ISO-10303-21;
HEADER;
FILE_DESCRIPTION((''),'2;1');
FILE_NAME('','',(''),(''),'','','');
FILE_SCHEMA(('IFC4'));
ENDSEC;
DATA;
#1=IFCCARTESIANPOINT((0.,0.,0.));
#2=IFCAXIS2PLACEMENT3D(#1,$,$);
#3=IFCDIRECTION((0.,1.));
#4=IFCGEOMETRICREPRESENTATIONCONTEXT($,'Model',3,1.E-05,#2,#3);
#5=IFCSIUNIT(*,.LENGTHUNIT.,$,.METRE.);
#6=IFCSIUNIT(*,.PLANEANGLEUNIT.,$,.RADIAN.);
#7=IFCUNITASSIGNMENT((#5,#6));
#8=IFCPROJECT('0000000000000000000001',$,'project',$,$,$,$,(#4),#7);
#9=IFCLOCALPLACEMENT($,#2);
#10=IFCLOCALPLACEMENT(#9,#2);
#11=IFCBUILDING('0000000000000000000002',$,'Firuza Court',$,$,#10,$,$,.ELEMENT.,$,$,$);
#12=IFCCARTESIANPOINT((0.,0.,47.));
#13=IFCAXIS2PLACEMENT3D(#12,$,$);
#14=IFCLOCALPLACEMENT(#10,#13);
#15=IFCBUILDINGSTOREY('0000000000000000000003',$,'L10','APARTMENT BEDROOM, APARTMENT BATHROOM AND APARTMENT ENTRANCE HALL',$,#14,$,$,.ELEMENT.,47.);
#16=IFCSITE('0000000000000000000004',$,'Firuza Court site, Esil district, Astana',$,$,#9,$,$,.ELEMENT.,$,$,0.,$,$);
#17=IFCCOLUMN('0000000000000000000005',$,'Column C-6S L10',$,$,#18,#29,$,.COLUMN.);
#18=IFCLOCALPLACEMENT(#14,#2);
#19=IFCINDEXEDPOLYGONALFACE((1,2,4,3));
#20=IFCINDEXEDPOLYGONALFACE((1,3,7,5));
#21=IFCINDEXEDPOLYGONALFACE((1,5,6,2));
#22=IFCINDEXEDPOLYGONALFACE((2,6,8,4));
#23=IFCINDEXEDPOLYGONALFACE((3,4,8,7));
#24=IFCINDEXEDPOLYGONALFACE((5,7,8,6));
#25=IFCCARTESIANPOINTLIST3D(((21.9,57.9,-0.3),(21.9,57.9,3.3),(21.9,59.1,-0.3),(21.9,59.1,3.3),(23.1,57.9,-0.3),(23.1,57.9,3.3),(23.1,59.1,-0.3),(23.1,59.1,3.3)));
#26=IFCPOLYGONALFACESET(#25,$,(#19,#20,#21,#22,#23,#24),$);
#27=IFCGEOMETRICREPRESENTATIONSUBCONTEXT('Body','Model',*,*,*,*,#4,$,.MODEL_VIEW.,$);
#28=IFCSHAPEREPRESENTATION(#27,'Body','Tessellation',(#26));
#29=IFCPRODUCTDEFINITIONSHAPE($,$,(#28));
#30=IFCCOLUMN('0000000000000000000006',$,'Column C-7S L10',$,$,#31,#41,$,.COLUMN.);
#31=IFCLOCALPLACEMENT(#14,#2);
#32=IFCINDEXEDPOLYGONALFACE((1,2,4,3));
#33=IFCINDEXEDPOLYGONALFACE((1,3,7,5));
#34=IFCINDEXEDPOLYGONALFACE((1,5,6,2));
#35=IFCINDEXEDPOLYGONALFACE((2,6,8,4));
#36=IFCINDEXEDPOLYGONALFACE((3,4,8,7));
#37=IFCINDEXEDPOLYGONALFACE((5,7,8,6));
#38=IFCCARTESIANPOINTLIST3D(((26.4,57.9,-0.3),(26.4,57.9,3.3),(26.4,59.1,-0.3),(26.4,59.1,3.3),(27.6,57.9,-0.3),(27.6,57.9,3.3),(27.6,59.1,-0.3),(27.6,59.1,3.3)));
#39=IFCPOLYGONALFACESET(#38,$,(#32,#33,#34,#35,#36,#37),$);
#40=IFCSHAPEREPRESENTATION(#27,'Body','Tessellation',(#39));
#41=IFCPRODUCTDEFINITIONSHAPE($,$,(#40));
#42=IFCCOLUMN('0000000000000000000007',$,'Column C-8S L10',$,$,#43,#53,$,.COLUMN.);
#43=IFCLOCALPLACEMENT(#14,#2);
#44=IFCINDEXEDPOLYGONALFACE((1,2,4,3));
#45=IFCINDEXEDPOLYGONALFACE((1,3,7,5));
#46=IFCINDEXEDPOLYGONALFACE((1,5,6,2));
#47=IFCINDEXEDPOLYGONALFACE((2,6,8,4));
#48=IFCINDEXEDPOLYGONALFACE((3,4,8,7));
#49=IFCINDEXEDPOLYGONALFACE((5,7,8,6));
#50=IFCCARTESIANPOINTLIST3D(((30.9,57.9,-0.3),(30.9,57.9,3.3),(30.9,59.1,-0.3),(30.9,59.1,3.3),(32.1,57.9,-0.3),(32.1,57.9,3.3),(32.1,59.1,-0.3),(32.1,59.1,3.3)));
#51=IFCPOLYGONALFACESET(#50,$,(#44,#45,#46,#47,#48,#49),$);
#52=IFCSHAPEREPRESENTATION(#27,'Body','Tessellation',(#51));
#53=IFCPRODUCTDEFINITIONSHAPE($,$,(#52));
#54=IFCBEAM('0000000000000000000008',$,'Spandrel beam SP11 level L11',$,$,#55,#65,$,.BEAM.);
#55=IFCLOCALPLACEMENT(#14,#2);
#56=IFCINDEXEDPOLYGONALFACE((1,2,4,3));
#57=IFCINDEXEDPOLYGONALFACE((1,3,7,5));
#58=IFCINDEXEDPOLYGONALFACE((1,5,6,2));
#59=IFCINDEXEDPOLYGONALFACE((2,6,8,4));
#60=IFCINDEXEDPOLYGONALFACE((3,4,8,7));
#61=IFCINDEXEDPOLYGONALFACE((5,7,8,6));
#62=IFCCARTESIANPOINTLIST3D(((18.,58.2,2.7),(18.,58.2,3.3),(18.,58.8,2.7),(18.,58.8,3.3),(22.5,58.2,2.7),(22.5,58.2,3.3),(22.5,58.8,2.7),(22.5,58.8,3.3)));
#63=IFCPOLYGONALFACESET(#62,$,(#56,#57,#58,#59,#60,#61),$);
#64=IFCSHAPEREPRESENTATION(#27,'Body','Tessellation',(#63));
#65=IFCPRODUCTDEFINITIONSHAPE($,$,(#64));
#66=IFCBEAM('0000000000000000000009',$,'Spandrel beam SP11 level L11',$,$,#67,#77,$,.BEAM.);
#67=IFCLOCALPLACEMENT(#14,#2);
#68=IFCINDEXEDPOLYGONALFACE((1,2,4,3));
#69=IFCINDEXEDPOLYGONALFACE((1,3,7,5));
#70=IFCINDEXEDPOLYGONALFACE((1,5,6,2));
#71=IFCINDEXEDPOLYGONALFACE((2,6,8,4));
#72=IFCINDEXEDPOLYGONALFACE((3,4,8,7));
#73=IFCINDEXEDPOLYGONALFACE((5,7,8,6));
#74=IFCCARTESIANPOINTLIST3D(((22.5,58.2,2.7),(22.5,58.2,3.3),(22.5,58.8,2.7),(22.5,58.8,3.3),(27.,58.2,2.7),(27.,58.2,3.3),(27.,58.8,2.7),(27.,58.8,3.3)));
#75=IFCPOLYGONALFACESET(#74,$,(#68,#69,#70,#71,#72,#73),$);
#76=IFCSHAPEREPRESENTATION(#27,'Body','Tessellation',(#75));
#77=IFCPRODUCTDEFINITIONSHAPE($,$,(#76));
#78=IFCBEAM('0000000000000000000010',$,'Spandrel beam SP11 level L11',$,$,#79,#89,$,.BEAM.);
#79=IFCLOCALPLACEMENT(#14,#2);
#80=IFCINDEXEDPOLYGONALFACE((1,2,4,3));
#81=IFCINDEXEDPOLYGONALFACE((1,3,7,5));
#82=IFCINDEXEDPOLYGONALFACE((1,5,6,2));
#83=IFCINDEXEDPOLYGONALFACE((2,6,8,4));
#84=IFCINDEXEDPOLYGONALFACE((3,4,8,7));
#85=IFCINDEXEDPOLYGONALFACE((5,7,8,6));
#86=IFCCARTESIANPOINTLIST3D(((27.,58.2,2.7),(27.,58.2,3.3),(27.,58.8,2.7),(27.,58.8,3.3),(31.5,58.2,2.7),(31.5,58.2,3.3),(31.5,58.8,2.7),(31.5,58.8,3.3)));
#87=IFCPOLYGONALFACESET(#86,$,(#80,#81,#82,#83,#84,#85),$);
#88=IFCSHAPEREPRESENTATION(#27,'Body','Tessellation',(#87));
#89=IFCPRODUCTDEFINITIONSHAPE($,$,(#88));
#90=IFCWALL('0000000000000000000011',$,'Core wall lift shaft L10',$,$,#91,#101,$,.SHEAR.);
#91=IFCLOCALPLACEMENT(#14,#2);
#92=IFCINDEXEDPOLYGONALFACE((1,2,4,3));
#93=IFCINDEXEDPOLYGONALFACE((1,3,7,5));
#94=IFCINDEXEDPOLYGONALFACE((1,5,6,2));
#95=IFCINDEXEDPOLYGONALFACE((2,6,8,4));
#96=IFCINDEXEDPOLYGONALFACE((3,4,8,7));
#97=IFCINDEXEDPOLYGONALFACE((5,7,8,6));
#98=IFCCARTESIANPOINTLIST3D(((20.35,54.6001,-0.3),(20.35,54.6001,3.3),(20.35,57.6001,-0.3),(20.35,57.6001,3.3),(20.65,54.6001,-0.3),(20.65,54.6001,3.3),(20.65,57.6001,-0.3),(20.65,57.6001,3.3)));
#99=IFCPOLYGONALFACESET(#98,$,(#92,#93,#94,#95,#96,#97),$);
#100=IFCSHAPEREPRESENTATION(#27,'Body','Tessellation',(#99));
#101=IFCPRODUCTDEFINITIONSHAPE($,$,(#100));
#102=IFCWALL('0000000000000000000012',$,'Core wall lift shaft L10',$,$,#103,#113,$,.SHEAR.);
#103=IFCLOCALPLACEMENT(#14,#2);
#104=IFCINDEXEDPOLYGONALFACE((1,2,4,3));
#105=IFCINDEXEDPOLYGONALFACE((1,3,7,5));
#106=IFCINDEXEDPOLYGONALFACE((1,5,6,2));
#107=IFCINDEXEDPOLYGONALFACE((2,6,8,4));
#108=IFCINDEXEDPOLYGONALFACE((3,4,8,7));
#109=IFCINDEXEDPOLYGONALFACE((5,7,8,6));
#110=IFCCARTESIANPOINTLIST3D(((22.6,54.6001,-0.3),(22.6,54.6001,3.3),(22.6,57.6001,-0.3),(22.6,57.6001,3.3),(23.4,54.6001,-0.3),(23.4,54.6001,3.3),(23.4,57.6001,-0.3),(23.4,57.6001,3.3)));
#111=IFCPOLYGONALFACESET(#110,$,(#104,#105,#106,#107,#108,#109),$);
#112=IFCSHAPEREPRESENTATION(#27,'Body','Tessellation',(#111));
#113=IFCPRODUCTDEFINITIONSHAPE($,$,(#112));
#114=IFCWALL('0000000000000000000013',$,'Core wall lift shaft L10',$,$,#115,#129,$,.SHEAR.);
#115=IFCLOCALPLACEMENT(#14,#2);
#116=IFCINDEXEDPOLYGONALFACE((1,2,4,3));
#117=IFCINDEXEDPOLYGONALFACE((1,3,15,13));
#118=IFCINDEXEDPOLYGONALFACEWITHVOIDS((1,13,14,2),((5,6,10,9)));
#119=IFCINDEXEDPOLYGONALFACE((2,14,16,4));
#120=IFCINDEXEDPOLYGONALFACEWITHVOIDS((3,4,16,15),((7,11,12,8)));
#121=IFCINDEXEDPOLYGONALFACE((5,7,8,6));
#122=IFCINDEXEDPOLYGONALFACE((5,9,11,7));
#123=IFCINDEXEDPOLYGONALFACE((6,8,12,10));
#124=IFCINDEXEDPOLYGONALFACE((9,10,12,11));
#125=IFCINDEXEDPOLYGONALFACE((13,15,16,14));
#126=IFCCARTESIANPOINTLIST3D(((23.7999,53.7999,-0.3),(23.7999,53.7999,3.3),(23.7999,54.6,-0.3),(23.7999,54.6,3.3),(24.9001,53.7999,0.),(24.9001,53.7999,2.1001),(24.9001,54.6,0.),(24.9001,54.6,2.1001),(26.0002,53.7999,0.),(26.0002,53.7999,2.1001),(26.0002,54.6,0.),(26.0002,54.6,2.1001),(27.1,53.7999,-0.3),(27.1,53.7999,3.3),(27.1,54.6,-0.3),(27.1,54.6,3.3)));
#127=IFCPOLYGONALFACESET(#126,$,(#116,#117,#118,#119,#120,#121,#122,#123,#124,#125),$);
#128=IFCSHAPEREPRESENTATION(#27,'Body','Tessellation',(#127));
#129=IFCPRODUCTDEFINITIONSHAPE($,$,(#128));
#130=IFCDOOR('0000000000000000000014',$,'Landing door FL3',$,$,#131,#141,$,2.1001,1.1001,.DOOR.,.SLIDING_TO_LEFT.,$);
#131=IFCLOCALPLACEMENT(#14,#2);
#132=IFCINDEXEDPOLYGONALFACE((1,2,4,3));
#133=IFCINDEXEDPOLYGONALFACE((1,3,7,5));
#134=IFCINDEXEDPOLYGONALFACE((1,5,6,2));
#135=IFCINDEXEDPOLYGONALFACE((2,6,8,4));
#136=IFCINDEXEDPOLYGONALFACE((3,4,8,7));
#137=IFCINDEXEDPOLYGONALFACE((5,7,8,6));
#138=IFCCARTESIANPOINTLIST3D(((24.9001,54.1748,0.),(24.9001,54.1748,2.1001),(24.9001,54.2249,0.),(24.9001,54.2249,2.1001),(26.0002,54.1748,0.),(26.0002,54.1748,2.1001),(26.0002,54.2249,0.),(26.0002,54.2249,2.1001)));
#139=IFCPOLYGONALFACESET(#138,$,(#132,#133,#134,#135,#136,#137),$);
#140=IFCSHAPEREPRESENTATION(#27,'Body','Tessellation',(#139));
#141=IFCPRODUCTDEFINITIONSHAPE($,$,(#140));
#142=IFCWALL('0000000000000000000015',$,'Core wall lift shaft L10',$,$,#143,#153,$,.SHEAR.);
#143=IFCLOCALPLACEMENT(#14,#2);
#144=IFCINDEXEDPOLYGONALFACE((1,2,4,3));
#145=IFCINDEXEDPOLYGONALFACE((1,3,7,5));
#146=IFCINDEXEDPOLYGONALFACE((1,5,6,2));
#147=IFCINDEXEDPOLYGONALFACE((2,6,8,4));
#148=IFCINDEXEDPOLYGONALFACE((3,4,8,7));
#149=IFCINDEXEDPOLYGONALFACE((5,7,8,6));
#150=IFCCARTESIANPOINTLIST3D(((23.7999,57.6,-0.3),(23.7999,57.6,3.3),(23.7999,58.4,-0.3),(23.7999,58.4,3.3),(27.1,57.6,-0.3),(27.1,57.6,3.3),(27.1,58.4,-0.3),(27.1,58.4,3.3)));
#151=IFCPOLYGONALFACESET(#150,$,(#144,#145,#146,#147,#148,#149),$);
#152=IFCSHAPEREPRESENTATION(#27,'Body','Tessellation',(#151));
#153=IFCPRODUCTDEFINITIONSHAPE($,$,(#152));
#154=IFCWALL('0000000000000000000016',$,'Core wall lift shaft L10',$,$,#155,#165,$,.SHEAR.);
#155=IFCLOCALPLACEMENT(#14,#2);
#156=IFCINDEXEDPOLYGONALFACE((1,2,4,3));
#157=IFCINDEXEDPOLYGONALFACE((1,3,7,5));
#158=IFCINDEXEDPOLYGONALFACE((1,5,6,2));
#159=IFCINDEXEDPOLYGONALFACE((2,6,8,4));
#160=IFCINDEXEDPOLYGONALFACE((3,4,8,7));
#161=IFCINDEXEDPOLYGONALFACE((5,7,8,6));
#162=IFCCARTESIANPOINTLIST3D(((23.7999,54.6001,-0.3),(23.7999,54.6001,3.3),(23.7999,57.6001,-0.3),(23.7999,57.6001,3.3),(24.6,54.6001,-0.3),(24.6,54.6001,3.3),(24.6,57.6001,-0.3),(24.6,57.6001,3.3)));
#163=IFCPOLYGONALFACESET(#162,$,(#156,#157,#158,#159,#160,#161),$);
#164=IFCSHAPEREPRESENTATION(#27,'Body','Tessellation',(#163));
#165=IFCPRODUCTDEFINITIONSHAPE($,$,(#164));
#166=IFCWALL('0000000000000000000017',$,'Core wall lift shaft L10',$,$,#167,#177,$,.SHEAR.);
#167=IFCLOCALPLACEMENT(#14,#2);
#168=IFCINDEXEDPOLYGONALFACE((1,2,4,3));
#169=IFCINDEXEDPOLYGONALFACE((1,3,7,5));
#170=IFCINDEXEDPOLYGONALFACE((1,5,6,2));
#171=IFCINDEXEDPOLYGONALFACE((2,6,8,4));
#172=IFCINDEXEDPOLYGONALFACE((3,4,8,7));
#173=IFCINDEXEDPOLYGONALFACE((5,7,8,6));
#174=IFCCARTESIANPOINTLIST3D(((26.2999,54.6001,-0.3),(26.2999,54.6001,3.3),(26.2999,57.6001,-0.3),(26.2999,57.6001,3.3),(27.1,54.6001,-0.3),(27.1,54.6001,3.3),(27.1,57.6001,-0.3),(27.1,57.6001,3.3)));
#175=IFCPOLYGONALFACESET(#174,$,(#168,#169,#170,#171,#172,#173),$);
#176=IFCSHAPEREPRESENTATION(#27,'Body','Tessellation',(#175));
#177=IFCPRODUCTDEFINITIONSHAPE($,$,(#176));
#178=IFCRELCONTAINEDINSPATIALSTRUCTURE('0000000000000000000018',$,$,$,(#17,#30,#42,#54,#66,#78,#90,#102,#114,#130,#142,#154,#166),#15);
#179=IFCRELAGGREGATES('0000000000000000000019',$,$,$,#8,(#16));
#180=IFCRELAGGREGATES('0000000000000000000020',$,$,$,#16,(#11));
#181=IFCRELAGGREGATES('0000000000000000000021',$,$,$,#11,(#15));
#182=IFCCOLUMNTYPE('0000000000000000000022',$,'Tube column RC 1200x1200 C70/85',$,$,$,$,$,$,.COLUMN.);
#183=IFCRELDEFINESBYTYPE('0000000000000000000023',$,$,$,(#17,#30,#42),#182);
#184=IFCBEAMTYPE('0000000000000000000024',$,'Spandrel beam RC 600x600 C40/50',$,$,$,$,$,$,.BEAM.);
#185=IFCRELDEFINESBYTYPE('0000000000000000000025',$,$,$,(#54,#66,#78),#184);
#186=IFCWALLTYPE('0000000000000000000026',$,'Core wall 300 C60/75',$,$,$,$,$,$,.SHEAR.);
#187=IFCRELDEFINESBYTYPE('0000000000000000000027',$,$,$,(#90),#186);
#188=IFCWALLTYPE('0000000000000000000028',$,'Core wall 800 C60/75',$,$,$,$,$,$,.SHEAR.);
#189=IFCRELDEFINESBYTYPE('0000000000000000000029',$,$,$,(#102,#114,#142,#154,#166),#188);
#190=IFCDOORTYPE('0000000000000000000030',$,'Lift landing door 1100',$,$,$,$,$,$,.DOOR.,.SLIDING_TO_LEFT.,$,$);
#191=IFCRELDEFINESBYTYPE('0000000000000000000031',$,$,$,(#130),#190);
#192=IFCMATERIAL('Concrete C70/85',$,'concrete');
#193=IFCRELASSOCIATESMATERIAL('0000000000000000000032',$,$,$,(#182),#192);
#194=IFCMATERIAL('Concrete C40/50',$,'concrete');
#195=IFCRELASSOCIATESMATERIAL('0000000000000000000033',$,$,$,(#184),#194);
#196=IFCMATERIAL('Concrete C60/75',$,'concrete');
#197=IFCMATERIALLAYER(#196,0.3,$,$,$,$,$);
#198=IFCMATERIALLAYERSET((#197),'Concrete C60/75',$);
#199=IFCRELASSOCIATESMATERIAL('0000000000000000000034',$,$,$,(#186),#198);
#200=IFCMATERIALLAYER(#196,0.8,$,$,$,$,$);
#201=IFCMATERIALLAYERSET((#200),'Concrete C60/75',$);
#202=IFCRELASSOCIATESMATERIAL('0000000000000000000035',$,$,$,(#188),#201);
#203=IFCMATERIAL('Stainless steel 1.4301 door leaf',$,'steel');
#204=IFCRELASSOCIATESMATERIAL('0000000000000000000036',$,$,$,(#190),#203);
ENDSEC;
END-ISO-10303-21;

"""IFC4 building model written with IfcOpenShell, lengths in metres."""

from ifc_helpers import new_model, si_unit, direction, frame, frame_2d, origin, origin_2d, place, context, subcontext, project, spatial, rectangle, extrude, material, layer, layer_set, material_profile, profile_set, type_object, element, fill, save


model = new_model("IFC4")

# Units and contexts
model_context = context("Model", 3, precision=1e-05, world=origin(), true_north=direction((0.0, 1.0)))
body_context = subcontext(model_context, "Body", "Model", "MODEL_VIEW")
ifc_project = project(units=[si_unit("LENGTHUNIT", "METRE"), si_unit("PLANEANGLEUNIT", "RADIAN")], contexts=[model_context])

# Site, building, storey
site_placement = place(None, origin())
site = spatial("IfcSite", under=ifc_project, at=site_placement, Name="Firuza Court site, Esil district, Astana", CompositionType="ELEMENT", RefElevation=0.0)
building_placement = place(site_placement, origin())
building = spatial("IfcBuilding", under=site, at=building_placement, Name="Firuza Court", CompositionType="ELEMENT")
storey_placement = place(building_placement, frame((0.0, 0.0, 47.0)))
storey = spatial("IfcBuildingStorey", under=building, at=storey_placement, Name="L10", Description="APARTMENT BEDROOM, APARTMENT BATHROOM AND APARTMENT ENTRANCE HALL", CompositionType="ELEMENT", Elevation=47.0)

# Columns
ifc_material_1 = material(Name="Concrete C70/85", Category="concrete")
ifc_material_profile_1 = material_profile(ifc_material_1, rectangle(XDim=1.2, YDim=1.2, at=origin_2d()), Name="RC 1200x1200")
ifc_profile_set_1 = profile_set([ifc_material_profile_1], Name="Concrete C70/85")
column_type = type_object("IfcColumnType", Name="Tube column RC 1200x1200 C70/85", PredefinedType="COLUMN", material=ifc_profile_set_1)
for number, where, z_axis, x_axis, name in (
    (1, (22.5, 58.5, -0.3), (0.0, 0.0, 1.0), (1.0, 0.0, 0.0), "Column C-6S L10"),
    (2, (27.0, 58.5, -0.3), (0.0, 0.0, 1.0), (1.0, 0.0, 0.0), "Column C-7S L10"),
    (3, (31.5, 58.5, -0.3), (0.0, 0.0, 1.0), (1.0, 0.0, 0.0), "Column C-8S L10"),
):
    element("IfcColumn", number, at=place(storey_placement, frame(where, z_axis=z_axis, x_axis=x_axis)), inside=storey, type_object=column_type, Name=name, PredefinedType="COLUMN", context=body_context, shape_type="SweptSolid", body=[
        extrude(rectangle(XDim=1.2, YDim=1.2, at=origin_2d()), origin(), (0.0, 0.0, 1.0), 3.6001),
    ])

# Beams
ifc_material_2 = material(Name="Concrete C40/50", Category="concrete")
ifc_material_profile_2 = material_profile(ifc_material_2, rectangle(XDim=0.6001, YDim=0.6001, at=origin_2d()), Name="RC 600x600")
ifc_profile_set_2 = profile_set([ifc_material_profile_2], Name="Concrete C40/50")
beam_type = type_object("IfcBeamType", Name="Spandrel beam RC 600x600 C40/50", PredefinedType="BEAM", material=ifc_profile_set_2)
for number, where, z_axis, x_axis, name in (
    (4, (22.5, 58.5, 3.0), (-1.0, 0.0, 0.0), (0.0, -1.0, 0.0), "Spandrel beam SP11 level L11"),
    (5, (27.0, 58.5, 3.0), (-1.0, 0.0, 0.0), (0.0, -1.0, 0.0), "Spandrel beam SP11 level L11"),
    (6, (31.5, 58.5, 3.0), (-1.0, 0.0, 0.0), (0.0, -1.0, 0.0), "Spandrel beam SP11 level L11"),
):
    element("IfcBeam", number, at=place(storey_placement, frame(where, z_axis=z_axis, x_axis=x_axis)), inside=storey, type_object=beam_type, Name=name, PredefinedType="BEAM", context=body_context, shape_type="SweptSolid", body=[
        extrude(rectangle(XDim=0.6001, YDim=0.6001, at=origin_2d()), origin(), (0.0, 0.0, 1.0), 4.5),
    ])

# Walls
ifc_material_3 = material(Name="Concrete C60/75", Category="concrete")
ifc_layer_1 = layer(ifc_material_3, 0.3)
ifc_layer_set_1 = layer_set([ifc_layer_1], Name="Concrete C60/75")
wall_type_1 = type_object("IfcWallType", Name="Core wall 300 C60/75", PredefinedType="SHEAR", material=ifc_layer_set_1)
wall_1_placement = place(storey_placement, frame((20.5, 54.6001, -0.3), z_axis=(0.0, 0.0, 1.0), x_axis=(0.0, 1.0, 0.0)))
element("IfcWall", 7, at=wall_1_placement, inside=storey, type_object=wall_type_1, Name="Core wall lift shaft L10", PredefinedType="SHEAR", context=body_context, shape_type="SweptSolid", body=[
    extrude(rectangle(XDim=3.0, YDim=0.3, at=frame_2d((1.5, 0.0))), origin(), (0.0, 0.0, 1.0), 3.6001),
])
ifc_layer_2 = layer(ifc_material_3, 0.8)
ifc_layer_set_2 = layer_set([ifc_layer_2], Name="Concrete C60/75")
wall_type_2 = type_object("IfcWallType", Name="Core wall 800 C60/75", PredefinedType="SHEAR", material=ifc_layer_set_2)
wall_2_placement = place(storey_placement, frame((23.0, 54.6001, -0.3), z_axis=(0.0, 0.0, 1.0), x_axis=(0.0, 1.0, 0.0)))
element("IfcWall", 8, at=wall_2_placement, inside=storey, type_object=wall_type_2, Name="Core wall lift shaft L10", PredefinedType="SHEAR", context=body_context, shape_type="SweptSolid", body=[
    extrude(rectangle(XDim=3.0, YDim=0.8, at=frame_2d((1.5, 0.0))), origin(), (0.0, 0.0, 1.0), 3.6001),
])

# Wall, opening, door
wall_3_placement = place(storey_placement, frame((23.8, 54.2, -0.3), z_axis=(0.0, 0.0, 1.0), x_axis=(1.0, 0.0, 0.0)))
wall_3 = element("IfcWall", 9, at=wall_3_placement, inside=storey, type_object=wall_type_2, Name="Core wall lift shaft L10", PredefinedType="SHEAR", context=body_context, shape_type="SweptSolid", body=[
    extrude(rectangle(XDim=3.3, YDim=0.8, at=frame_2d((1.6499, 0.0))), origin(), (0.0, 0.0, 1.0), 3.6001),
])
opening_1_placement = place(wall_3_placement, frame((1.1001, 0.0, 0.3)))
opening_1 = element("IfcOpeningElement", 10, at=opening_1_placement, cuts=wall_3, PredefinedType="OPENING", context=body_context, shape_type="SweptSolid", body=[
    extrude(rectangle(XDim=1.1001, YDim=2.1001, at=frame_2d((0.55, 1.05))), frame((0.0, 0.4121, 0.0), z_axis=(0.0, -1.0, 0.0), x_axis=(1.0, 0.0, 0.0)), (0.0, 0.0, 1.0), 0.824),
])
ifc_material_4 = material(Name="Stainless steel 1.4301 door leaf", Category="steel")
door_type_1 = type_object("IfcDoorType", Name="Lift landing door 1100", OperationType="SLIDING_TO_LEFT", PredefinedType="DOOR", material=ifc_material_4)
door_1_placement = place(opening_1_placement, origin())
door_1 = element("IfcDoor", 11, at=door_1_placement, inside=storey, type_object=door_type_1, Name="Landing door FL3", OperationType="SLIDING_TO_LEFT", OverallHeight=2.1001, OverallWidth=1.1001, PredefinedType="DOOR", context=body_context, shape_type="SweptSolid", body=[
    extrude(rectangle(XDim=1.1001, YDim=2.1001, at=frame_2d((0.55, 1.05))), frame((0.0, 0.0249, 0.0), z_axis=(0.0, -1.0, 0.0), x_axis=(1.0, 0.0, 0.0)), (0.0, 0.0, 1.0), 0.05),
])
fill(opening_1, door_1)

# Walls
wall_4_placement = place(storey_placement, frame((23.8, 58.0, -0.3), z_axis=(0.0, 0.0, 1.0), x_axis=(1.0, 0.0, 0.0)))
element("IfcWall", 12, at=wall_4_placement, inside=storey, type_object=wall_type_2, Name="Core wall lift shaft L10", PredefinedType="SHEAR", context=body_context, shape_type="SweptSolid", body=[
    extrude(rectangle(XDim=3.3, YDim=0.8, at=frame_2d((1.6499, 0.0))), origin(), (0.0, 0.0, 1.0), 3.6001),
])
for number, where, z_axis, x_axis, name in (
    (13, (24.2, 54.6001, -0.3), (0.0, 0.0, 1.0), (0.0, 1.0, 0.0), "Core wall lift shaft L10"),
    (14, (26.7, 54.6001, -0.3), (0.0, 0.0, 1.0), (0.0, 1.0, 0.0), "Core wall lift shaft L10"),
):
    element("IfcWall", number, at=place(storey_placement, frame(where, z_axis=z_axis, x_axis=x_axis)), inside=storey, type_object=wall_type_2, Name=name, PredefinedType="SHEAR", context=body_context, shape_type="SweptSolid", body=[
        extrude(rectangle(XDim=3.0, YDim=0.8, at=frame_2d((1.5, 0.0))), origin(), (0.0, 0.0, 1.0), 3.6001),
    ])

save(model, "model.ifc")
